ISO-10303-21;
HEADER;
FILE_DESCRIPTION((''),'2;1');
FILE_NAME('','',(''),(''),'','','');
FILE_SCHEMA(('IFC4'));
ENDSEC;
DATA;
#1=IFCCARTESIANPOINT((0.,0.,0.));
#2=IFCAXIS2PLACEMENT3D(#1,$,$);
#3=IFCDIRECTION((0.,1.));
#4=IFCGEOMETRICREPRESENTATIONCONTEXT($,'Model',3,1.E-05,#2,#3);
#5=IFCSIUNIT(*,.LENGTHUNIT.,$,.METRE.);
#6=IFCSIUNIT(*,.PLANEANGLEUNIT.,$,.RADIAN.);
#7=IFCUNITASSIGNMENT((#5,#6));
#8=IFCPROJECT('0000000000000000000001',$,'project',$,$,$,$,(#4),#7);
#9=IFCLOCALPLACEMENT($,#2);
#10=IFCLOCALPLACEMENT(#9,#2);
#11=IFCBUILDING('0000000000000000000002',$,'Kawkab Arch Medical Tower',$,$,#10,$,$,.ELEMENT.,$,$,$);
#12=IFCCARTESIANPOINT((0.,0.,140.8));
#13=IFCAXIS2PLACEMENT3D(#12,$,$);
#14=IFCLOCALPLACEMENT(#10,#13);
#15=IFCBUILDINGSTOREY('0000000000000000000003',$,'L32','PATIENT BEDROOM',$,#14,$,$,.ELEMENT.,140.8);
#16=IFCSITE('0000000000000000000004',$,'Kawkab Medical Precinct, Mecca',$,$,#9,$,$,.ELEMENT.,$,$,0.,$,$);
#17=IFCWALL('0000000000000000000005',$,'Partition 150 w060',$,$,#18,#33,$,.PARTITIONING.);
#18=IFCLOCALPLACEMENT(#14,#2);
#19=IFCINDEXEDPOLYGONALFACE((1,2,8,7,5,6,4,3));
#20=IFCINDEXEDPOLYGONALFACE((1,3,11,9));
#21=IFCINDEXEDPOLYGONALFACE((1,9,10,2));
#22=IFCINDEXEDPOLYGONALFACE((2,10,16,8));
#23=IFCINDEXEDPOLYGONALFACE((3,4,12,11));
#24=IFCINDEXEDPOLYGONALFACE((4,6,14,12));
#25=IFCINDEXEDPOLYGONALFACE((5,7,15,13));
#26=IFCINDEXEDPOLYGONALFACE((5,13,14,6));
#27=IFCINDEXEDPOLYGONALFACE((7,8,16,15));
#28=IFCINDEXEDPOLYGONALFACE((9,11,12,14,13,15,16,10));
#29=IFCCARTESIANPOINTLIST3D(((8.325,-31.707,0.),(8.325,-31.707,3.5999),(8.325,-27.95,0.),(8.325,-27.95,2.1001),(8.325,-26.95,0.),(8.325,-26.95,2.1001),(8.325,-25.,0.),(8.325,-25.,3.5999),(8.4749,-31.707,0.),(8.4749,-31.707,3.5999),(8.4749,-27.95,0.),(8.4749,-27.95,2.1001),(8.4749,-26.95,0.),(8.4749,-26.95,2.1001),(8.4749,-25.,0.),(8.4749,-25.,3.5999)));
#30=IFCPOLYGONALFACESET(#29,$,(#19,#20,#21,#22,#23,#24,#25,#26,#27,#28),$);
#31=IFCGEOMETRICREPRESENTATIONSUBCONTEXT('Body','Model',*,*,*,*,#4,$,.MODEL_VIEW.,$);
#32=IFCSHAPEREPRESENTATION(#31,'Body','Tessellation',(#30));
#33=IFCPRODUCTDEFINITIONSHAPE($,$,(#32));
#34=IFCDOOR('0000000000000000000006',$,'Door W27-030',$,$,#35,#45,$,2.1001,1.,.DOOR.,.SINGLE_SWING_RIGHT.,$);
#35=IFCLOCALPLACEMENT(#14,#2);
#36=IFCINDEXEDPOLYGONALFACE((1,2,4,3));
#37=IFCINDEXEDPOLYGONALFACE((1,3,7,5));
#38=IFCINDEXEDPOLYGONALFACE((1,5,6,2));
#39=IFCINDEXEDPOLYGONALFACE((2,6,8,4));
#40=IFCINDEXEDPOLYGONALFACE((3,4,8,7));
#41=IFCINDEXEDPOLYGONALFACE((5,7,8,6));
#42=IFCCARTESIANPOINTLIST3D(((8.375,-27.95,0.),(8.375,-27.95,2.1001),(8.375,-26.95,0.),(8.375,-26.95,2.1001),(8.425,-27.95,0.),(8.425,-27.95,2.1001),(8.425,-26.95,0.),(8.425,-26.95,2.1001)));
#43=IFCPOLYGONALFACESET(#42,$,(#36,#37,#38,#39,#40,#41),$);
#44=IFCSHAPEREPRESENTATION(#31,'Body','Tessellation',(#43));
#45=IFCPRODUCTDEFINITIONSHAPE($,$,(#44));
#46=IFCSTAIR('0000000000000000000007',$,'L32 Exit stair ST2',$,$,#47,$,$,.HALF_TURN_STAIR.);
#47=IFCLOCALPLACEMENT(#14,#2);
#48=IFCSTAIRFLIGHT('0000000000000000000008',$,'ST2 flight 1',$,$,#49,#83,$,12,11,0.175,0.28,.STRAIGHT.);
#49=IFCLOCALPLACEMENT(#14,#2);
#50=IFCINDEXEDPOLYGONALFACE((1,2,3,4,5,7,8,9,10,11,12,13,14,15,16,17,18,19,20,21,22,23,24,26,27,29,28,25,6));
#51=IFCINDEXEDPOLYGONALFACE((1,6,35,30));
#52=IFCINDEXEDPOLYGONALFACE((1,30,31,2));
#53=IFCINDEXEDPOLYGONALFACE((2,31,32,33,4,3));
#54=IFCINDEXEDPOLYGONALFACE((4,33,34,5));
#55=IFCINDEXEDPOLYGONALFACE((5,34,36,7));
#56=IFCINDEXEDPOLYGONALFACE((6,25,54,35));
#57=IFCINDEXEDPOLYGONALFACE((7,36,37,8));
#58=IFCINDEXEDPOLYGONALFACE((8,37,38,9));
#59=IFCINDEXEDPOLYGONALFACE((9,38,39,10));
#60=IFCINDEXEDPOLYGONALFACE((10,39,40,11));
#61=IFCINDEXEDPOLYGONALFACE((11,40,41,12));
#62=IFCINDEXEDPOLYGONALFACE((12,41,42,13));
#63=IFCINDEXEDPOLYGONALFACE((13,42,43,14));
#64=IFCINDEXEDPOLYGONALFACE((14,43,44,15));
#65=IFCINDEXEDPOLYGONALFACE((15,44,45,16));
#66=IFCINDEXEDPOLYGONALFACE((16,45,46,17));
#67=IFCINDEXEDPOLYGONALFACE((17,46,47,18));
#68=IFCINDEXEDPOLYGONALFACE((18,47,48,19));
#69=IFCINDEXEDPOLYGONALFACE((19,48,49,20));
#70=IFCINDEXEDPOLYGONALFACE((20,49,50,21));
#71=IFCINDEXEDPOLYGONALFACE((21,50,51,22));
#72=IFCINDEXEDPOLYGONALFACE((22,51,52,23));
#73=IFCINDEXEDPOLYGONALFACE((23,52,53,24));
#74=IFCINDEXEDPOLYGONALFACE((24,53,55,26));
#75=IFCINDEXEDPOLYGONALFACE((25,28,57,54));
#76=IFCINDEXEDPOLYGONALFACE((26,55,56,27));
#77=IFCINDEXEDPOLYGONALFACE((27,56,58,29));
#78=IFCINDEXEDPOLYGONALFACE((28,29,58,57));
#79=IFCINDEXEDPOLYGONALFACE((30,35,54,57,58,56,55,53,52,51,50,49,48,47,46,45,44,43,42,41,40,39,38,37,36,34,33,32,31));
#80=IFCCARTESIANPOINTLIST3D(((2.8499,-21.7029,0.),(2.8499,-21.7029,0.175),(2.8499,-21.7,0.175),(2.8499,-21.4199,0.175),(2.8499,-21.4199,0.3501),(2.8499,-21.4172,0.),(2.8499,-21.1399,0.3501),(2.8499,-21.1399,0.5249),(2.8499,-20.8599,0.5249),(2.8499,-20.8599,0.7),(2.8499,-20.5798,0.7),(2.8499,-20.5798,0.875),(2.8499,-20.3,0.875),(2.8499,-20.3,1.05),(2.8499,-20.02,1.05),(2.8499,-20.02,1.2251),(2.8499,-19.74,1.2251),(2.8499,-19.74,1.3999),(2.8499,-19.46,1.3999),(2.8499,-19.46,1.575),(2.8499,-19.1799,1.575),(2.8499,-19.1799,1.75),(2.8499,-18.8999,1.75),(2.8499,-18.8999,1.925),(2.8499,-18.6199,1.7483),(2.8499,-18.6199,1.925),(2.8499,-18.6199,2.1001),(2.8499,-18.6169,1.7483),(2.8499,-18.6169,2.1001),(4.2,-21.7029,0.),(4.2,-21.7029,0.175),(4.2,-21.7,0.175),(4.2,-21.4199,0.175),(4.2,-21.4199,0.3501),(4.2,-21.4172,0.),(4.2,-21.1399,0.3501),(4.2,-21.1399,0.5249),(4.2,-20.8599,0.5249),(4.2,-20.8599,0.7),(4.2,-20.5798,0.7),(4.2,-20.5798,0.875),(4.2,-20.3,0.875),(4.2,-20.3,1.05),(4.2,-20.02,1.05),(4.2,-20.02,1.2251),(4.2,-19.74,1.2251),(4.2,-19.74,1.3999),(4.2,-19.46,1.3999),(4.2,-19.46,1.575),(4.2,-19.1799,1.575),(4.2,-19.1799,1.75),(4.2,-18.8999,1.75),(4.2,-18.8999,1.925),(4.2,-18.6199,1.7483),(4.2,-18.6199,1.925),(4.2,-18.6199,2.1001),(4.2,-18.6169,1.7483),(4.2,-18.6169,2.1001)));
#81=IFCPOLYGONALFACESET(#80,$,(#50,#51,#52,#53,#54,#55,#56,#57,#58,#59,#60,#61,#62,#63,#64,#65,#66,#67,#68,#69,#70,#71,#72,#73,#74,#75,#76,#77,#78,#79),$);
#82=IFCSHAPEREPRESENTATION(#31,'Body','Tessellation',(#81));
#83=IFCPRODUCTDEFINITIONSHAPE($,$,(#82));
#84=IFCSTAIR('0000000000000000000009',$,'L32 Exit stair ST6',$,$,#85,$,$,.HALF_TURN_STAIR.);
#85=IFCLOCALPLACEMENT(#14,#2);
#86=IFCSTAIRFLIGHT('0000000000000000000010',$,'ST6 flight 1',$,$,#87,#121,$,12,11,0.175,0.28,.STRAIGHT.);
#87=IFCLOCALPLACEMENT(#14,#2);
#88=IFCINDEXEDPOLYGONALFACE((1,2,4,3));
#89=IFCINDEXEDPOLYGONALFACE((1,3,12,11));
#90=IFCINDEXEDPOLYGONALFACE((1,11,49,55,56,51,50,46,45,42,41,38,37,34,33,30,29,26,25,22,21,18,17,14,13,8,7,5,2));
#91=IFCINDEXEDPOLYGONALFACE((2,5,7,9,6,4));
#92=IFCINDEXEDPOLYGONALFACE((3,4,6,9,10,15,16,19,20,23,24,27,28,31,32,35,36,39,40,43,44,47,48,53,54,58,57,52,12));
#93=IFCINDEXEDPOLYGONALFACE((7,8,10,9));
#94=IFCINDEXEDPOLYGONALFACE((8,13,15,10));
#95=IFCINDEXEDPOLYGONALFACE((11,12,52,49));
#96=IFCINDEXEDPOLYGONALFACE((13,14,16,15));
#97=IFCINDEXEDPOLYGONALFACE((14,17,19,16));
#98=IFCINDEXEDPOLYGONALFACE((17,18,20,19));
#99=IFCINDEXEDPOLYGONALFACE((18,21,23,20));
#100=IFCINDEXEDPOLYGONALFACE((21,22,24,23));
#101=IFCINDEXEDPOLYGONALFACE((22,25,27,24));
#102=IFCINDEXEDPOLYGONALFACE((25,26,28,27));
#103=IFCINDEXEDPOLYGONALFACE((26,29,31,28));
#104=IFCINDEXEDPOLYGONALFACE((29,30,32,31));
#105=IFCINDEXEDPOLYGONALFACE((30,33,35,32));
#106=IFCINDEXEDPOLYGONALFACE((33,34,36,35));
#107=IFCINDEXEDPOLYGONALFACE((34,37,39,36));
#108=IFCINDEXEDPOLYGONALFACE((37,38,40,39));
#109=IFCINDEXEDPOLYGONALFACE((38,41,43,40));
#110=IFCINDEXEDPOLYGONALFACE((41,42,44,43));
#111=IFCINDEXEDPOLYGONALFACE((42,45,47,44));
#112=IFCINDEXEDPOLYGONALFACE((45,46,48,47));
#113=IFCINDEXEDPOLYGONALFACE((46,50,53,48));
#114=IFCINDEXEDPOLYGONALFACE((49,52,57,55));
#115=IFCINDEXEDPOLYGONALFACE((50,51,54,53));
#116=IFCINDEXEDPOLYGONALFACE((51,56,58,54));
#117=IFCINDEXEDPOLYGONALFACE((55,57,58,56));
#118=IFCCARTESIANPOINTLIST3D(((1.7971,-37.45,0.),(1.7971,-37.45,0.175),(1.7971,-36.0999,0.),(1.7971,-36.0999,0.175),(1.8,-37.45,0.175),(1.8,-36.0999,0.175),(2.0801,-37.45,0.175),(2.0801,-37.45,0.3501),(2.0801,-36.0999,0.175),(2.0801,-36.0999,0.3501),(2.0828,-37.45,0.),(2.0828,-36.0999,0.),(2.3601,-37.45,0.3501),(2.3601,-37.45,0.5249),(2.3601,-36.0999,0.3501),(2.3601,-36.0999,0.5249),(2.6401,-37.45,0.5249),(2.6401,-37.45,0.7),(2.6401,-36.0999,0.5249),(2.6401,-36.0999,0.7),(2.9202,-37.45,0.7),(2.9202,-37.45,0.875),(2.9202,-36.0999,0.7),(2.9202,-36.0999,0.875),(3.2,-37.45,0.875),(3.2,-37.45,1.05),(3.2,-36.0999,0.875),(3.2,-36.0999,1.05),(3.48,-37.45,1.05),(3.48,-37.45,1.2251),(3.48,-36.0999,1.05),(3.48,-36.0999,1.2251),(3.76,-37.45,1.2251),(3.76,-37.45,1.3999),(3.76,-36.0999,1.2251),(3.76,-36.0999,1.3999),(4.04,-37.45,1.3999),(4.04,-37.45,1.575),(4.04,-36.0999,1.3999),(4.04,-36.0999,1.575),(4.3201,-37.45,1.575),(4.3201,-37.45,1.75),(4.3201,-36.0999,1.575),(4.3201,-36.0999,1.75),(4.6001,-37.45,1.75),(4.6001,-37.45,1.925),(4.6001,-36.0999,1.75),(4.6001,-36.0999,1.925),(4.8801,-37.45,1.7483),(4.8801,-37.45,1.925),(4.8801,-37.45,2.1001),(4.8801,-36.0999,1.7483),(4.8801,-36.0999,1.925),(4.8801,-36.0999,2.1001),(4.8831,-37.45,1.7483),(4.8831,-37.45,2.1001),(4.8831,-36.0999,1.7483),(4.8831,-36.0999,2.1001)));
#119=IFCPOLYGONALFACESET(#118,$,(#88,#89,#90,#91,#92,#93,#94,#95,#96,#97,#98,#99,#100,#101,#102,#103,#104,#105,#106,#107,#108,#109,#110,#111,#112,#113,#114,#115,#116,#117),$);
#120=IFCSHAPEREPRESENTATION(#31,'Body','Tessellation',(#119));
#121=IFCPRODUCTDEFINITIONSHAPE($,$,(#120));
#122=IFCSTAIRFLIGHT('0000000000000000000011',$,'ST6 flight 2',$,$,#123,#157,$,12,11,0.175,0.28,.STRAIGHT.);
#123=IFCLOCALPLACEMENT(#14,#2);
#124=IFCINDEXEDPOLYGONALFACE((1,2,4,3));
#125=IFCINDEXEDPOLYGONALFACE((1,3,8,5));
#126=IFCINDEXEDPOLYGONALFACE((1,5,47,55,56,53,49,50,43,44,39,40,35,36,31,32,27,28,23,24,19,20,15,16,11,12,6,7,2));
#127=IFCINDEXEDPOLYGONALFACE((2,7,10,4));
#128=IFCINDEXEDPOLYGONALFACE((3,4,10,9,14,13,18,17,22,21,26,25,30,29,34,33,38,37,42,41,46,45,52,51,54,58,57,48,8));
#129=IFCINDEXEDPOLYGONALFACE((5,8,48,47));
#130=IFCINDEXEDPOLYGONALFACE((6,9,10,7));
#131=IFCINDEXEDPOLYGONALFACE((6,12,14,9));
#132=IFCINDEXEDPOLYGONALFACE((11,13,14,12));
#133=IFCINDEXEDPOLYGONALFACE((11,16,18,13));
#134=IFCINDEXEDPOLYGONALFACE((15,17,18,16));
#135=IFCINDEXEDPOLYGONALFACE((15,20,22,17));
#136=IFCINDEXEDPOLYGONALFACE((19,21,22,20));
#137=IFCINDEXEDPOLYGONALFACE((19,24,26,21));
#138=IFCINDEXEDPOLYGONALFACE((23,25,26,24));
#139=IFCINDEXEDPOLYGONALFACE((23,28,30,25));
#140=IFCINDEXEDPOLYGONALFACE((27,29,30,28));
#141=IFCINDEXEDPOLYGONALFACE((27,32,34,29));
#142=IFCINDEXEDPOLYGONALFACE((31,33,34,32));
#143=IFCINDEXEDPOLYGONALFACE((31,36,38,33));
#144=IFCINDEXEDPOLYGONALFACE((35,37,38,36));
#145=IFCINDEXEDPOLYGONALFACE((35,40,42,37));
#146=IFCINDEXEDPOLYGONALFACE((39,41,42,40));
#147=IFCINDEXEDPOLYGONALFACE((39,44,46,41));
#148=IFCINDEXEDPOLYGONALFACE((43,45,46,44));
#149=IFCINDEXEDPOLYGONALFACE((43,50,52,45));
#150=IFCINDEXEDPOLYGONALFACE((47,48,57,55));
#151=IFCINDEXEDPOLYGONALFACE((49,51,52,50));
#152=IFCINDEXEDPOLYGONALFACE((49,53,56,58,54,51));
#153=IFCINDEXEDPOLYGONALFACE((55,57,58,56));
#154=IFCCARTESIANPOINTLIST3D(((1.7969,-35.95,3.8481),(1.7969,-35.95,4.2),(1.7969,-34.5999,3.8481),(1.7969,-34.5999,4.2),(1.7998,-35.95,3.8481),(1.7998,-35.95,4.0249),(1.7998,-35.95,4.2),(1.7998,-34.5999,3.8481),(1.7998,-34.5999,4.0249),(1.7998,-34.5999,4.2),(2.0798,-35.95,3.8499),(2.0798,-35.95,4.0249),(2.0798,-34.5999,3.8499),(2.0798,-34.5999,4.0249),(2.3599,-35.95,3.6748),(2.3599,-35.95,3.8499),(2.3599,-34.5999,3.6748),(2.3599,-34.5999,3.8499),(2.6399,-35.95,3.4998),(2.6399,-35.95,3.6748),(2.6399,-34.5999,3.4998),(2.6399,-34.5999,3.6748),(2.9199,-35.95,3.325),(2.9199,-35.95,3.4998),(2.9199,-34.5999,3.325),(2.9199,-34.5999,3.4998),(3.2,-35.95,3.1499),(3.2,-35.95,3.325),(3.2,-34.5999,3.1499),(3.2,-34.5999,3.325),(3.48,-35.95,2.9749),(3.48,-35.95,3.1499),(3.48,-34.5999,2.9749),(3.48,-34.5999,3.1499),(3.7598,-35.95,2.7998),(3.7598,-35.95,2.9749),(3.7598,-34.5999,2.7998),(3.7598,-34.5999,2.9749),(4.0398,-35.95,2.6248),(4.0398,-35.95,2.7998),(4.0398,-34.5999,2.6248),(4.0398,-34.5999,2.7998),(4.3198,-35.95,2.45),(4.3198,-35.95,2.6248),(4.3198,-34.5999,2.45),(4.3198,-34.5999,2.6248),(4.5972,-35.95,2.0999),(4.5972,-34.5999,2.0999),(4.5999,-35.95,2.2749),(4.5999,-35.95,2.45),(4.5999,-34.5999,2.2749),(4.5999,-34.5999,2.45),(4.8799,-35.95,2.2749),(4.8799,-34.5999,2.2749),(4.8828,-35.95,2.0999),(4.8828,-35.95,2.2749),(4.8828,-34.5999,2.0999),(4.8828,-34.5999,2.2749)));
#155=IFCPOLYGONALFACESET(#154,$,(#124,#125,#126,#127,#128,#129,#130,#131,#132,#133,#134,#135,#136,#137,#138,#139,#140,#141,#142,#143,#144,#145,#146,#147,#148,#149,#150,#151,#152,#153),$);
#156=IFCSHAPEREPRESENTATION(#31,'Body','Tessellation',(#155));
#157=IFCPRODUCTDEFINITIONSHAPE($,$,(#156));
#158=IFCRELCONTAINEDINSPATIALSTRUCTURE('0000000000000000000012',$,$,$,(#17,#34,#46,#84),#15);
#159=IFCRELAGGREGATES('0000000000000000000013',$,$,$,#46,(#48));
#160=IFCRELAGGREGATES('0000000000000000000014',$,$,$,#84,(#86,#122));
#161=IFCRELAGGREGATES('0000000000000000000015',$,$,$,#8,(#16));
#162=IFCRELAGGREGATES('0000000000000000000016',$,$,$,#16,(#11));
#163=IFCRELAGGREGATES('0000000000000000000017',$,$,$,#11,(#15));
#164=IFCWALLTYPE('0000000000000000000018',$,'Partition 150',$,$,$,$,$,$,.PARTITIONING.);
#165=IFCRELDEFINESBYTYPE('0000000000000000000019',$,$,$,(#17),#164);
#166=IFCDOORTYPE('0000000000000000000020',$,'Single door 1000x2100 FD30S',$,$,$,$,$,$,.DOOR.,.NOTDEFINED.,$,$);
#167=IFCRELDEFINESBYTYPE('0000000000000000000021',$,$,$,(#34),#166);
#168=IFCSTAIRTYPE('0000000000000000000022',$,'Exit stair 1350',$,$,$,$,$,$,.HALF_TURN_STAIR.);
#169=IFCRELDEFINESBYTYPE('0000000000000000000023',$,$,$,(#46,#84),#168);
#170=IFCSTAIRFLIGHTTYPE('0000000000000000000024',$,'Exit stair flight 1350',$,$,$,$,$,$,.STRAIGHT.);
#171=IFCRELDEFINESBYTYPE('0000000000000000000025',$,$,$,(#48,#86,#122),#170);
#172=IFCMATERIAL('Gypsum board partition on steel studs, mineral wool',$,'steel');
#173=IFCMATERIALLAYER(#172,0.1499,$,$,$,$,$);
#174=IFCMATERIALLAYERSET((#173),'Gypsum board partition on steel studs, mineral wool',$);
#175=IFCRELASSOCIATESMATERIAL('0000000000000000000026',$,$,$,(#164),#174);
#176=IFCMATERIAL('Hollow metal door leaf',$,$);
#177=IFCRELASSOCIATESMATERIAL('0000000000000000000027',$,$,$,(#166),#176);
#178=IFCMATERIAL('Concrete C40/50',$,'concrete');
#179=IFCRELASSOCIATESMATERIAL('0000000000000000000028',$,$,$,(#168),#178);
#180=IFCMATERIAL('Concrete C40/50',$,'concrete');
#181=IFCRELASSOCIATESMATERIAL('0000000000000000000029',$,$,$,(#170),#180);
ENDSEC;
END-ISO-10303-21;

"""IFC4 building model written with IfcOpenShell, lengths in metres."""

from ifc_helpers import new_model, si_unit, direction, frame, frame_2d, origin, place, context, subcontext, project, spatial, polyline, rectangle, outline, extrude, material, layer, layer_set, type_object, element, fill, aggregate, save


model = new_model("IFC4")

# Units and contexts
model_context = context("Model", 3, precision=1e-05, world=origin(), true_north=direction((0.0, 1.0)))
body_context = subcontext(model_context, "Body", "Model", "MODEL_VIEW")
ifc_project = project(units=[si_unit("LENGTHUNIT", "METRE"), si_unit("PLANEANGLEUNIT", "RADIAN")], contexts=[model_context])

# Site, building, storey
site_placement = place(None, origin())
site = spatial("IfcSite", under=ifc_project, at=site_placement, Name="Kawkab Medical Precinct, Mecca", CompositionType="ELEMENT", RefElevation=0.0)
building_placement = place(site_placement, origin())
building = spatial("IfcBuilding", under=site, at=building_placement, Name="Kawkab Arch Medical Tower", CompositionType="ELEMENT")
storey_placement = place(building_placement, frame((0.0, 0.0, 140.8)))
storey = spatial("IfcBuildingStorey", under=building, at=storey_placement, Name="L32", Description="PATIENT BEDROOM", CompositionType="ELEMENT", Elevation=140.8)

# Shared definitions
ifc_material_1 = material(Name="Gypsum board partition on steel studs, mineral wool", Category="steel")
ifc_layer_1 = layer(ifc_material_1, 0.1499)
ifc_layer_set_1 = layer_set([ifc_layer_1], Name="Gypsum board partition on steel studs, mineral wool")
wall_type_1 = type_object("IfcWallType", Name="Partition 150", PredefinedType="PARTITIONING", material=ifc_layer_set_1)

# Wall, opening, door
wall_1_placement = place(storey_placement, frame((8.3999, -31.707, 0.0), z_axis=(0.0, 0.0, 1.0), x_axis=(0.0, 1.0, 0.0)))
wall_1 = element("IfcWall", 1, at=wall_1_placement, inside=storey, type_object=wall_type_1, Name="Partition 150 w060", PredefinedType="PARTITIONING", context=body_context, shape_type="SweptSolid", body=[
    extrude(rectangle(XDim=6.707, YDim=0.1499, at=frame_2d((3.3535, 0.0))), origin(), (0.0, 0.0, 1.0), 3.5999),
])
opening_1_placement = place(wall_1_placement, frame((3.7571, 0.0, 0.0)))
opening_1 = element("IfcOpeningElement", 2, at=opening_1_placement, cuts=wall_1, PredefinedType="OPENING", context=body_context, shape_type="SweptSolid", body=[
    extrude(rectangle(XDim=1.0, YDim=2.1001, at=frame_2d((0.5, 1.05))), frame((0.0, 0.085, 0.0), z_axis=(0.0, -1.0, 0.0), x_axis=(1.0, 0.0, 0.0)), (0.0, 0.0, 1.0), 0.1699),
])
ifc_material_2 = material(Name="Hollow metal door leaf")
door_type_1 = type_object("IfcDoorType", Name="Single door 1000x2100 FD30S", OperationType="NOTDEFINED", PredefinedType="DOOR", material=ifc_material_2)
door_1_placement = place(opening_1_placement, origin())
door_1 = element("IfcDoor", 3, at=door_1_placement, inside=storey, type_object=door_type_1, Name="Door W27-030", OperationType="SINGLE_SWING_RIGHT", OverallHeight=2.1001, OverallWidth=1.0, PredefinedType="DOOR", context=body_context, shape_type="SweptSolid", body=[
    extrude(rectangle(XDim=1.0, YDim=2.1001, at=frame_2d((0.5, 1.05))), frame((0.0, 0.0249, 0.0), z_axis=(0.0, -1.0, 0.0), x_axis=(1.0, 0.0, 0.0)), (0.0, 0.0, 1.0), 0.05),
])
fill(opening_1, door_1)

# Stair, stair flight
ifc_material_3 = material(Name="Concrete C40/50", Category="concrete")
stair_type = type_object("IfcStairType", Name="Exit stair 1350", PredefinedType="HALF_TURN_STAIR", material=ifc_material_3)
placement = place(storey_placement, origin())
stair_1 = element("IfcStair", 4, at=placement, inside=storey, type_object=stair_type, Name="L32 Exit stair ST2", PredefinedType="HALF_TURN_STAIR")
ifc_material_4 = material(Name="Concrete C40/50", Category="concrete")
stair_flight_type = type_object("IfcStairFlightType", Name="Exit stair flight 1350", PredefinedType="STRAIGHT", material=ifc_material_4)
stair_flight_1_placement = place(storey_placement, frame((3.5249, -21.7, 0.0), z_axis=(0.0, 0.0, 1.0), x_axis=(0.0, 1.0, 0.0)))
stair_flight_1 = element("IfcStairFlight", 5, at=stair_flight_1_placement, type_object=stair_flight_type, Name="ST2 flight 1", NumberOfRisers=12, NumberOfTreads=11, PredefinedType="STRAIGHT", RiserHeight=0.175, TreadLength=0.28, context=body_context, shape_type="SweptSolid", body=[
    extrude(outline(polyline([(-0.0029, 0.0), (-0.0029, 0.175), (0.0, 0.175), (0.28, 0.175), (0.28, 0.3501), (0.5601, 0.3501), (0.5601, 0.5249), (0.8401, 0.5249), (0.8401, 0.7), (1.1201, 0.7), (1.1201, 0.875), (1.3999, 0.875), (1.3999, 1.05), (1.6799, 1.05), (1.6799, 1.2251), (1.96, 1.2251), (1.96, 1.3999), (2.24, 1.3999), (2.24, 1.575), (2.52, 1.575), (2.52, 1.75), (2.8, 1.75), (2.8, 1.925), (3.0801, 1.925), (3.0801, 2.1001), (3.083, 2.1001), (3.083, 1.7483), (3.0801, 1.7483), (0.2827, 0.0), (-0.0029, 0.0)])), frame((0.0, 0.675, 0.0), z_axis=(0.0, -1.0, 0.0), x_axis=(1.0, 0.0, 0.0)), (0.0, 0.0, 1.0), 1.3501),
])
aggregate(stair_1, [stair_flight_1])

# Stair, stair flights
stair_2 = element("IfcStair", 6, at=placement, inside=storey, type_object=stair_type, Name="L32 Exit stair ST6", PredefinedType="HALF_TURN_STAIR")
stair_flight_2_placement = place(storey_placement, frame((1.8, -36.7749, 0.0), z_axis=(0.0, 0.0, 1.0), x_axis=(1.0, 0.0, 0.0)))
stair_flight_2 = element("IfcStairFlight", 7, at=stair_flight_2_placement, type_object=stair_flight_type, Name="ST6 flight 1", NumberOfRisers=12, NumberOfTreads=11, PredefinedType="STRAIGHT", RiserHeight=0.175, TreadLength=0.28, context=body_context, shape_type="SweptSolid", body=[
    extrude(outline(polyline([(-0.0029, 0.0), (-0.0029, 0.175), (0.0, 0.175), (0.28, 0.175), (0.28, 0.3501), (0.5601, 0.3501), (0.5601, 0.5249), (0.8401, 0.5249), (0.8401, 0.7), (1.1201, 0.7), (1.1201, 0.875), (1.3999, 0.875), (1.3999, 1.05), (1.6799, 1.05), (1.6799, 1.2251), (1.96, 1.2251), (1.96, 1.3999), (2.24, 1.3999), (2.24, 1.575), (2.52, 1.575), (2.52, 1.75), (2.8, 1.75), (2.8, 1.925), (3.0801, 1.925), (3.0801, 2.1001), (3.083, 2.1001), (3.083, 1.7483), (3.0801, 1.7483), (0.2827, 0.0), (-0.0029, 0.0)])), frame((0.0, 0.675, 0.0), z_axis=(0.0, -1.0, 0.0), x_axis=(1.0, 0.0, 0.0)), (0.0, 0.0, 1.0), 1.3501),
])
stair_flight_3_placement = place(storey_placement, frame((4.8799, -35.2749, 2.0999), z_axis=(0.0, 0.0, 1.0), x_axis=(-1.0, 0.0, 0.0)))
stair_flight_3 = element("IfcStairFlight", 8, at=stair_flight_3_placement, type_object=stair_flight_type, Name="ST6 flight 2", NumberOfRisers=12, NumberOfTreads=11, PredefinedType="STRAIGHT", RiserHeight=0.175, TreadLength=0.28, context=body_context, shape_type="SweptSolid", body=[
    extrude(outline(polyline([(-0.0029, 0.0), (-0.0029, 0.175), (0.0, 0.175), (0.28, 0.175), (0.28, 0.3501), (0.5601, 0.3501), (0.5601, 0.5249), (0.8401, 0.5249), (0.8401, 0.7), (1.1201, 0.7), (1.1201, 0.875), (1.3999, 0.875), (1.3999, 1.05), (1.6799, 1.05), (1.6799, 1.2251), (1.96, 1.2251), (1.96, 1.3999), (2.24, 1.3999), (2.24, 1.575), (2.52, 1.575), (2.52, 1.75), (2.8, 1.75), (2.8, 1.925), (3.0801, 1.925), (3.0801, 2.1001), (3.083, 2.1001), (3.083, 1.7483), (3.0801, 1.7483), (0.2827, 0.0), (-0.0029, 0.0)])), frame((0.0, 0.675, 0.0), z_axis=(0.0, -1.0, 0.0), x_axis=(1.0, 0.0, 0.0)), (0.0, 0.0, 1.0), 1.3501),
])
aggregate(stair_2, [stair_flight_2, stair_flight_3])

save(model, "model.ifc")
